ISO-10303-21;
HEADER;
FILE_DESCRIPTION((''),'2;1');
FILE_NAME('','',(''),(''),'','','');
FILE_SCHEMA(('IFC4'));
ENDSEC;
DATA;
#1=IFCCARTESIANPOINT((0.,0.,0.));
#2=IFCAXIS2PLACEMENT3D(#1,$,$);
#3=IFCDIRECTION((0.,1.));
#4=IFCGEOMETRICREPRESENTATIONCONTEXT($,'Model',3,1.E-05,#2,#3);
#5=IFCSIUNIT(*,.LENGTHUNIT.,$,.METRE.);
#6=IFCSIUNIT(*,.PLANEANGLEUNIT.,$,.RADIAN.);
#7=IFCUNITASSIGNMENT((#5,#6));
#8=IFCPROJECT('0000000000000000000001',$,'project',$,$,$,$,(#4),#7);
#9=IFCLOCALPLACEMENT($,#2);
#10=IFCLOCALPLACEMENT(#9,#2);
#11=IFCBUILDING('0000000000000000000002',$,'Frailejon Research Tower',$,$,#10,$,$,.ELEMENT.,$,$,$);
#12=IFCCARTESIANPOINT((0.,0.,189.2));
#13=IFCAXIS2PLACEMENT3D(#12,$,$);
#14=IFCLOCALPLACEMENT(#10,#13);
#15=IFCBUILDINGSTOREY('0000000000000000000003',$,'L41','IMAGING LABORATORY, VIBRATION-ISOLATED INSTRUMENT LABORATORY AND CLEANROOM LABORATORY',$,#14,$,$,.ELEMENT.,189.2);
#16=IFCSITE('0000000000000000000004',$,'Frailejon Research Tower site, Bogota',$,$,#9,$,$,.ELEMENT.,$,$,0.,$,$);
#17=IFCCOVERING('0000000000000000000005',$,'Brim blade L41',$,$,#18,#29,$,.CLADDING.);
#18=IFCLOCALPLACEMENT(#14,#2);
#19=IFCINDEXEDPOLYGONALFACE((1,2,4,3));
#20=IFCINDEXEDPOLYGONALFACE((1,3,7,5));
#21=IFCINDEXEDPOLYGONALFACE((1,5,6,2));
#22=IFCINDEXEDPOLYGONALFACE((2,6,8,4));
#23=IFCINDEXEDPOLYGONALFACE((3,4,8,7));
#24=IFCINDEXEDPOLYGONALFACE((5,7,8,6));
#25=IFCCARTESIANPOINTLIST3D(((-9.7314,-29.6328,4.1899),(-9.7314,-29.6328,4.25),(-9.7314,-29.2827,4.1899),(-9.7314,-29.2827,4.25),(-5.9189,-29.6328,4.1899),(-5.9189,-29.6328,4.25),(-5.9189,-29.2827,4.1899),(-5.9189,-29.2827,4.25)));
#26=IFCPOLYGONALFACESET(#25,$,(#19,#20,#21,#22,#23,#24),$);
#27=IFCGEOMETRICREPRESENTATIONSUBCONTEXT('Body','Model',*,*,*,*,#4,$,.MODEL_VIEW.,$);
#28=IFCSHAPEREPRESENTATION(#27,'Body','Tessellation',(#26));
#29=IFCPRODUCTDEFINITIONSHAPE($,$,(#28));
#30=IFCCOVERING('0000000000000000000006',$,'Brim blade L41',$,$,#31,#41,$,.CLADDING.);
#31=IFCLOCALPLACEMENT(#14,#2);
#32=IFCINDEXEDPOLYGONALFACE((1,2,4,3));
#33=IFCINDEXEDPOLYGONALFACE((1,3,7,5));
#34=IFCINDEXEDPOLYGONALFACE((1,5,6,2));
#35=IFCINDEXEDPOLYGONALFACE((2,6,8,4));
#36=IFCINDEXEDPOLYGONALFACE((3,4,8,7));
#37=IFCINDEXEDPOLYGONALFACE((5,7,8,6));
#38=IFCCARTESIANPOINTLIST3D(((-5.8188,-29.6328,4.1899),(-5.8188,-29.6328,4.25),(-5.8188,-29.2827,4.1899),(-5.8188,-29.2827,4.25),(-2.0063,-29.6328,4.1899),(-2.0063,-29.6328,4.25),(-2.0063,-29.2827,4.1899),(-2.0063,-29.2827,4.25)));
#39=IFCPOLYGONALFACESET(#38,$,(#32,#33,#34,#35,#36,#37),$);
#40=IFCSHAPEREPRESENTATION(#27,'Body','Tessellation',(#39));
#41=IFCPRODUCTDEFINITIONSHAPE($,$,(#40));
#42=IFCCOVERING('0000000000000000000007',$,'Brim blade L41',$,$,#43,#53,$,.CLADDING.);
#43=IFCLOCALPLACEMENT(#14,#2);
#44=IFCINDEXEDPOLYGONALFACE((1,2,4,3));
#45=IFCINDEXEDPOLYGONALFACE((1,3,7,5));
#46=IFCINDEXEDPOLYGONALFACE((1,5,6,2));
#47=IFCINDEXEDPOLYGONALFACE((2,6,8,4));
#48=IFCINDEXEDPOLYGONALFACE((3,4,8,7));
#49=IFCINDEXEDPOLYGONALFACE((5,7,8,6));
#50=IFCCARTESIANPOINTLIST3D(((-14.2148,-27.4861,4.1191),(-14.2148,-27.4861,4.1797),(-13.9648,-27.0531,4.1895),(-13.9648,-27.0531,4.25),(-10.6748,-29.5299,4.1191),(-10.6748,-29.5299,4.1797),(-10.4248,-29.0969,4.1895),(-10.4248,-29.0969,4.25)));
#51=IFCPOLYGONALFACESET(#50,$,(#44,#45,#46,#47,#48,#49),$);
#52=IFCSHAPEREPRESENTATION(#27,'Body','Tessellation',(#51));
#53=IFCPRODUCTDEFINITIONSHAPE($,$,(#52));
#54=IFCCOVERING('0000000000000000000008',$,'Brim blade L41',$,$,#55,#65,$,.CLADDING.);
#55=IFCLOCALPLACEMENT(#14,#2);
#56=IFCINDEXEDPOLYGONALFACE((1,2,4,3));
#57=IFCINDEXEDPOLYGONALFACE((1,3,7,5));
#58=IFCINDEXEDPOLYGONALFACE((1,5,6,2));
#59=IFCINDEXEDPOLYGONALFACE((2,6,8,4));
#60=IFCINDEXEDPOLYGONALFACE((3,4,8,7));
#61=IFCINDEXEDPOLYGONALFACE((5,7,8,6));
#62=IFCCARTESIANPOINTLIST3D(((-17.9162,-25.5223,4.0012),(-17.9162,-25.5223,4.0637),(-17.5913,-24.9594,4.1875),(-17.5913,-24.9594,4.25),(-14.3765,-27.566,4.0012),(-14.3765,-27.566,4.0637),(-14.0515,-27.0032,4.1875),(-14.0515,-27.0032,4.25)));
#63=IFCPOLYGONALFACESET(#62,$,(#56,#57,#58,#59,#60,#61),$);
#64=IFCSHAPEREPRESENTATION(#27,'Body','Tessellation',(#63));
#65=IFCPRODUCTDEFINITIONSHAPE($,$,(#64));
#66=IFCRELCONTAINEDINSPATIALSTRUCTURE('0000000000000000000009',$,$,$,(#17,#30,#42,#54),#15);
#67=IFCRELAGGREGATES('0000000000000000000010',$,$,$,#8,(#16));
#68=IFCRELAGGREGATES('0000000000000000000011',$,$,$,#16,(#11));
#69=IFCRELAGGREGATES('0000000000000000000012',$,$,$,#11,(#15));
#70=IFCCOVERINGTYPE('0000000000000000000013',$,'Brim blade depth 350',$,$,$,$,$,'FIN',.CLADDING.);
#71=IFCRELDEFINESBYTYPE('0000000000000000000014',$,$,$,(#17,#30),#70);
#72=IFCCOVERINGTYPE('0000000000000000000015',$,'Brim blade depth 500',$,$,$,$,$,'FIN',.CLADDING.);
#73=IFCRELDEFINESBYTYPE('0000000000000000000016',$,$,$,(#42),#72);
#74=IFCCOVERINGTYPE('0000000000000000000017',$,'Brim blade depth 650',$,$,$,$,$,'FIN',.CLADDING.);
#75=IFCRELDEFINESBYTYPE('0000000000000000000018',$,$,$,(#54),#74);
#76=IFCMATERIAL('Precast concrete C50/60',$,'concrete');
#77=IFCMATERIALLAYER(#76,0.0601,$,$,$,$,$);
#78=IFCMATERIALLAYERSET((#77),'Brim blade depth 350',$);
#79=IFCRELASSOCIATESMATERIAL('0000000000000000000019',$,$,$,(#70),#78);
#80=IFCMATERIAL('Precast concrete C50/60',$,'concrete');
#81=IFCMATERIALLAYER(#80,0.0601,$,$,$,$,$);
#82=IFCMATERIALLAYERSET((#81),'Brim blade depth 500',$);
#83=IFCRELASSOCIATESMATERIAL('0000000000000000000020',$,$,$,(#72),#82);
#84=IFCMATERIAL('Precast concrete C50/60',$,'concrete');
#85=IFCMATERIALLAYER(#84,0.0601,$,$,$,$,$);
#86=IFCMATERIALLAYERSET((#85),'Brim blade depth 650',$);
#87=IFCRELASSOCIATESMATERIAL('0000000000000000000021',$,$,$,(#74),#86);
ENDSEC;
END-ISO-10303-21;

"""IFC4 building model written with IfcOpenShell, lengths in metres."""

from ifc_helpers import new_model, si_unit, direction, frame, origin, place, context, subcontext, project, spatial, polyline, outline, extrude, material, layer, layer_set, type_object, element, save


model = new_model("IFC4")

# Units and contexts
model_context = context("Model", 3, precision=1e-05, world=origin(), true_north=direction((0.0, 1.0)))
body_context = subcontext(model_context, "Body", "Model", "MODEL_VIEW")
ifc_project = project(units=[si_unit("LENGTHUNIT", "METRE"), si_unit("PLANEANGLEUNIT", "RADIAN")], contexts=[model_context])

# Site, building, storey
site_placement = place(None, origin())
site = spatial("IfcSite", under=ifc_project, at=site_placement, Name="Frailejon Research Tower site, Bogota", CompositionType="ELEMENT", RefElevation=0.0)
building_placement = place(site_placement, origin())
building = spatial("IfcBuilding", under=site, at=building_placement, Name="Frailejon Research Tower", CompositionType="ELEMENT")
storey_placement = place(building_placement, frame((0.0, 0.0, 189.2)))
storey = spatial("IfcBuildingStorey", under=building, at=storey_placement, Name="L41", Description="IMAGING LABORATORY, VIBRATION-ISOLATED INSTRUMENT LABORATORY AND CLEANROOM LABORATORY", CompositionType="ELEMENT", Elevation=189.2)

# Coverings
ifc_material_1 = material(Name="Precast concrete C50/60", Category="concrete")
ifc_layer_1 = layer(ifc_material_1, 0.0601)
ifc_layer_set_1 = layer_set([ifc_layer_1], Name="Brim blade depth 350")
covering_type_1 = type_object("IfcCoveringType", Name="Brim blade depth 350", ElementType="FIN", PredefinedType="CLADDING", material=ifc_layer_set_1)
for number, where, z_axis, x_axis, name in (
    (1, (-5.9189, -29.2827, 4.25), (-1.0, 0.0, 0.0), (0.0, -1.0, 0.0), "Brim blade L41"),
    (2, (-2.0063, -29.2827, 4.25), (-1.0, 0.0, 0.0), (0.0, -1.0, 0.0), "Brim blade L41"),
):
    element("IfcCovering", number, at=place(storey_placement, frame(where, z_axis=z_axis, x_axis=x_axis)), inside=storey, type_object=covering_type_1, Name=name, PredefinedType="CLADDING", context=body_context, shape_type="SweptSolid", body=[
        extrude(outline(polyline([(0.0, -0.0601), (0.3501, -0.0601), (0.3501, 0.0), (0.0, 0.0), (0.0, -0.0601)])), origin(), (0.0, 0.0, 1.0), 3.8125),
    ])
ifc_material_2 = material(Name="Precast concrete C50/60", Category="concrete")
ifc_layer_2 = layer(ifc_material_2, 0.0601)
ifc_layer_set_2 = layer_set([ifc_layer_2], Name="Brim blade depth 500")
covering_type_2 = type_object("IfcCoveringType", Name="Brim blade depth 500", ElementType="FIN", PredefinedType="CLADDING", material=ifc_layer_set_2)
covering_1_placement = place(storey_placement, frame((-10.4248, -29.0969, 4.25), z_axis=(-0.866027, 0.499997, 0.0), x_axis=(-0.499997, -0.866027, 0.0)))
element("IfcCovering", 3, at=covering_1_placement, inside=storey, type_object=covering_type_2, Name="Brim blade L41", PredefinedType="CLADDING", context=body_context, shape_type="SweptSolid", body=[
    extrude(outline(polyline([(0.0, -0.0605), (0.5, -0.1309), (0.5, -0.0703), (0.0, 0.0), (0.0, -0.0605)])), origin(), (0.0, 0.0, 1.0), 4.0876),
])
ifc_material_3 = material(Name="Precast concrete C50/60", Category="concrete")
ifc_layer_3 = layer(ifc_material_3, 0.0601)
ifc_layer_set_3 = layer_set([ifc_layer_3], Name="Brim blade depth 650")
covering_type_3 = type_object("IfcCoveringType", Name="Brim blade depth 650", ElementType="FIN", PredefinedType="CLADDING", material=ifc_layer_set_3)
covering_2_placement = place(storey_placement, frame((-14.0515, -27.0032, 4.25), z_axis=(-0.866021, 0.500007, 0.0), x_axis=(-0.500007, -0.866021, 0.0)))
element("IfcCovering", 4, at=covering_2_placement, inside=storey, type_object=covering_type_3, Name="Brim blade L41", PredefinedType="CLADDING", context=body_context, shape_type="SweptSolid", body=[
    extrude(outline(polyline([(0.0, -0.0625), (0.6499, -0.2488), (0.6499, -0.1863), (0.0, 0.0), (0.0, -0.0625)])), origin(), (0.0, 0.0, 1.0), 4.0874),
])

save(model, "model.ifc")
